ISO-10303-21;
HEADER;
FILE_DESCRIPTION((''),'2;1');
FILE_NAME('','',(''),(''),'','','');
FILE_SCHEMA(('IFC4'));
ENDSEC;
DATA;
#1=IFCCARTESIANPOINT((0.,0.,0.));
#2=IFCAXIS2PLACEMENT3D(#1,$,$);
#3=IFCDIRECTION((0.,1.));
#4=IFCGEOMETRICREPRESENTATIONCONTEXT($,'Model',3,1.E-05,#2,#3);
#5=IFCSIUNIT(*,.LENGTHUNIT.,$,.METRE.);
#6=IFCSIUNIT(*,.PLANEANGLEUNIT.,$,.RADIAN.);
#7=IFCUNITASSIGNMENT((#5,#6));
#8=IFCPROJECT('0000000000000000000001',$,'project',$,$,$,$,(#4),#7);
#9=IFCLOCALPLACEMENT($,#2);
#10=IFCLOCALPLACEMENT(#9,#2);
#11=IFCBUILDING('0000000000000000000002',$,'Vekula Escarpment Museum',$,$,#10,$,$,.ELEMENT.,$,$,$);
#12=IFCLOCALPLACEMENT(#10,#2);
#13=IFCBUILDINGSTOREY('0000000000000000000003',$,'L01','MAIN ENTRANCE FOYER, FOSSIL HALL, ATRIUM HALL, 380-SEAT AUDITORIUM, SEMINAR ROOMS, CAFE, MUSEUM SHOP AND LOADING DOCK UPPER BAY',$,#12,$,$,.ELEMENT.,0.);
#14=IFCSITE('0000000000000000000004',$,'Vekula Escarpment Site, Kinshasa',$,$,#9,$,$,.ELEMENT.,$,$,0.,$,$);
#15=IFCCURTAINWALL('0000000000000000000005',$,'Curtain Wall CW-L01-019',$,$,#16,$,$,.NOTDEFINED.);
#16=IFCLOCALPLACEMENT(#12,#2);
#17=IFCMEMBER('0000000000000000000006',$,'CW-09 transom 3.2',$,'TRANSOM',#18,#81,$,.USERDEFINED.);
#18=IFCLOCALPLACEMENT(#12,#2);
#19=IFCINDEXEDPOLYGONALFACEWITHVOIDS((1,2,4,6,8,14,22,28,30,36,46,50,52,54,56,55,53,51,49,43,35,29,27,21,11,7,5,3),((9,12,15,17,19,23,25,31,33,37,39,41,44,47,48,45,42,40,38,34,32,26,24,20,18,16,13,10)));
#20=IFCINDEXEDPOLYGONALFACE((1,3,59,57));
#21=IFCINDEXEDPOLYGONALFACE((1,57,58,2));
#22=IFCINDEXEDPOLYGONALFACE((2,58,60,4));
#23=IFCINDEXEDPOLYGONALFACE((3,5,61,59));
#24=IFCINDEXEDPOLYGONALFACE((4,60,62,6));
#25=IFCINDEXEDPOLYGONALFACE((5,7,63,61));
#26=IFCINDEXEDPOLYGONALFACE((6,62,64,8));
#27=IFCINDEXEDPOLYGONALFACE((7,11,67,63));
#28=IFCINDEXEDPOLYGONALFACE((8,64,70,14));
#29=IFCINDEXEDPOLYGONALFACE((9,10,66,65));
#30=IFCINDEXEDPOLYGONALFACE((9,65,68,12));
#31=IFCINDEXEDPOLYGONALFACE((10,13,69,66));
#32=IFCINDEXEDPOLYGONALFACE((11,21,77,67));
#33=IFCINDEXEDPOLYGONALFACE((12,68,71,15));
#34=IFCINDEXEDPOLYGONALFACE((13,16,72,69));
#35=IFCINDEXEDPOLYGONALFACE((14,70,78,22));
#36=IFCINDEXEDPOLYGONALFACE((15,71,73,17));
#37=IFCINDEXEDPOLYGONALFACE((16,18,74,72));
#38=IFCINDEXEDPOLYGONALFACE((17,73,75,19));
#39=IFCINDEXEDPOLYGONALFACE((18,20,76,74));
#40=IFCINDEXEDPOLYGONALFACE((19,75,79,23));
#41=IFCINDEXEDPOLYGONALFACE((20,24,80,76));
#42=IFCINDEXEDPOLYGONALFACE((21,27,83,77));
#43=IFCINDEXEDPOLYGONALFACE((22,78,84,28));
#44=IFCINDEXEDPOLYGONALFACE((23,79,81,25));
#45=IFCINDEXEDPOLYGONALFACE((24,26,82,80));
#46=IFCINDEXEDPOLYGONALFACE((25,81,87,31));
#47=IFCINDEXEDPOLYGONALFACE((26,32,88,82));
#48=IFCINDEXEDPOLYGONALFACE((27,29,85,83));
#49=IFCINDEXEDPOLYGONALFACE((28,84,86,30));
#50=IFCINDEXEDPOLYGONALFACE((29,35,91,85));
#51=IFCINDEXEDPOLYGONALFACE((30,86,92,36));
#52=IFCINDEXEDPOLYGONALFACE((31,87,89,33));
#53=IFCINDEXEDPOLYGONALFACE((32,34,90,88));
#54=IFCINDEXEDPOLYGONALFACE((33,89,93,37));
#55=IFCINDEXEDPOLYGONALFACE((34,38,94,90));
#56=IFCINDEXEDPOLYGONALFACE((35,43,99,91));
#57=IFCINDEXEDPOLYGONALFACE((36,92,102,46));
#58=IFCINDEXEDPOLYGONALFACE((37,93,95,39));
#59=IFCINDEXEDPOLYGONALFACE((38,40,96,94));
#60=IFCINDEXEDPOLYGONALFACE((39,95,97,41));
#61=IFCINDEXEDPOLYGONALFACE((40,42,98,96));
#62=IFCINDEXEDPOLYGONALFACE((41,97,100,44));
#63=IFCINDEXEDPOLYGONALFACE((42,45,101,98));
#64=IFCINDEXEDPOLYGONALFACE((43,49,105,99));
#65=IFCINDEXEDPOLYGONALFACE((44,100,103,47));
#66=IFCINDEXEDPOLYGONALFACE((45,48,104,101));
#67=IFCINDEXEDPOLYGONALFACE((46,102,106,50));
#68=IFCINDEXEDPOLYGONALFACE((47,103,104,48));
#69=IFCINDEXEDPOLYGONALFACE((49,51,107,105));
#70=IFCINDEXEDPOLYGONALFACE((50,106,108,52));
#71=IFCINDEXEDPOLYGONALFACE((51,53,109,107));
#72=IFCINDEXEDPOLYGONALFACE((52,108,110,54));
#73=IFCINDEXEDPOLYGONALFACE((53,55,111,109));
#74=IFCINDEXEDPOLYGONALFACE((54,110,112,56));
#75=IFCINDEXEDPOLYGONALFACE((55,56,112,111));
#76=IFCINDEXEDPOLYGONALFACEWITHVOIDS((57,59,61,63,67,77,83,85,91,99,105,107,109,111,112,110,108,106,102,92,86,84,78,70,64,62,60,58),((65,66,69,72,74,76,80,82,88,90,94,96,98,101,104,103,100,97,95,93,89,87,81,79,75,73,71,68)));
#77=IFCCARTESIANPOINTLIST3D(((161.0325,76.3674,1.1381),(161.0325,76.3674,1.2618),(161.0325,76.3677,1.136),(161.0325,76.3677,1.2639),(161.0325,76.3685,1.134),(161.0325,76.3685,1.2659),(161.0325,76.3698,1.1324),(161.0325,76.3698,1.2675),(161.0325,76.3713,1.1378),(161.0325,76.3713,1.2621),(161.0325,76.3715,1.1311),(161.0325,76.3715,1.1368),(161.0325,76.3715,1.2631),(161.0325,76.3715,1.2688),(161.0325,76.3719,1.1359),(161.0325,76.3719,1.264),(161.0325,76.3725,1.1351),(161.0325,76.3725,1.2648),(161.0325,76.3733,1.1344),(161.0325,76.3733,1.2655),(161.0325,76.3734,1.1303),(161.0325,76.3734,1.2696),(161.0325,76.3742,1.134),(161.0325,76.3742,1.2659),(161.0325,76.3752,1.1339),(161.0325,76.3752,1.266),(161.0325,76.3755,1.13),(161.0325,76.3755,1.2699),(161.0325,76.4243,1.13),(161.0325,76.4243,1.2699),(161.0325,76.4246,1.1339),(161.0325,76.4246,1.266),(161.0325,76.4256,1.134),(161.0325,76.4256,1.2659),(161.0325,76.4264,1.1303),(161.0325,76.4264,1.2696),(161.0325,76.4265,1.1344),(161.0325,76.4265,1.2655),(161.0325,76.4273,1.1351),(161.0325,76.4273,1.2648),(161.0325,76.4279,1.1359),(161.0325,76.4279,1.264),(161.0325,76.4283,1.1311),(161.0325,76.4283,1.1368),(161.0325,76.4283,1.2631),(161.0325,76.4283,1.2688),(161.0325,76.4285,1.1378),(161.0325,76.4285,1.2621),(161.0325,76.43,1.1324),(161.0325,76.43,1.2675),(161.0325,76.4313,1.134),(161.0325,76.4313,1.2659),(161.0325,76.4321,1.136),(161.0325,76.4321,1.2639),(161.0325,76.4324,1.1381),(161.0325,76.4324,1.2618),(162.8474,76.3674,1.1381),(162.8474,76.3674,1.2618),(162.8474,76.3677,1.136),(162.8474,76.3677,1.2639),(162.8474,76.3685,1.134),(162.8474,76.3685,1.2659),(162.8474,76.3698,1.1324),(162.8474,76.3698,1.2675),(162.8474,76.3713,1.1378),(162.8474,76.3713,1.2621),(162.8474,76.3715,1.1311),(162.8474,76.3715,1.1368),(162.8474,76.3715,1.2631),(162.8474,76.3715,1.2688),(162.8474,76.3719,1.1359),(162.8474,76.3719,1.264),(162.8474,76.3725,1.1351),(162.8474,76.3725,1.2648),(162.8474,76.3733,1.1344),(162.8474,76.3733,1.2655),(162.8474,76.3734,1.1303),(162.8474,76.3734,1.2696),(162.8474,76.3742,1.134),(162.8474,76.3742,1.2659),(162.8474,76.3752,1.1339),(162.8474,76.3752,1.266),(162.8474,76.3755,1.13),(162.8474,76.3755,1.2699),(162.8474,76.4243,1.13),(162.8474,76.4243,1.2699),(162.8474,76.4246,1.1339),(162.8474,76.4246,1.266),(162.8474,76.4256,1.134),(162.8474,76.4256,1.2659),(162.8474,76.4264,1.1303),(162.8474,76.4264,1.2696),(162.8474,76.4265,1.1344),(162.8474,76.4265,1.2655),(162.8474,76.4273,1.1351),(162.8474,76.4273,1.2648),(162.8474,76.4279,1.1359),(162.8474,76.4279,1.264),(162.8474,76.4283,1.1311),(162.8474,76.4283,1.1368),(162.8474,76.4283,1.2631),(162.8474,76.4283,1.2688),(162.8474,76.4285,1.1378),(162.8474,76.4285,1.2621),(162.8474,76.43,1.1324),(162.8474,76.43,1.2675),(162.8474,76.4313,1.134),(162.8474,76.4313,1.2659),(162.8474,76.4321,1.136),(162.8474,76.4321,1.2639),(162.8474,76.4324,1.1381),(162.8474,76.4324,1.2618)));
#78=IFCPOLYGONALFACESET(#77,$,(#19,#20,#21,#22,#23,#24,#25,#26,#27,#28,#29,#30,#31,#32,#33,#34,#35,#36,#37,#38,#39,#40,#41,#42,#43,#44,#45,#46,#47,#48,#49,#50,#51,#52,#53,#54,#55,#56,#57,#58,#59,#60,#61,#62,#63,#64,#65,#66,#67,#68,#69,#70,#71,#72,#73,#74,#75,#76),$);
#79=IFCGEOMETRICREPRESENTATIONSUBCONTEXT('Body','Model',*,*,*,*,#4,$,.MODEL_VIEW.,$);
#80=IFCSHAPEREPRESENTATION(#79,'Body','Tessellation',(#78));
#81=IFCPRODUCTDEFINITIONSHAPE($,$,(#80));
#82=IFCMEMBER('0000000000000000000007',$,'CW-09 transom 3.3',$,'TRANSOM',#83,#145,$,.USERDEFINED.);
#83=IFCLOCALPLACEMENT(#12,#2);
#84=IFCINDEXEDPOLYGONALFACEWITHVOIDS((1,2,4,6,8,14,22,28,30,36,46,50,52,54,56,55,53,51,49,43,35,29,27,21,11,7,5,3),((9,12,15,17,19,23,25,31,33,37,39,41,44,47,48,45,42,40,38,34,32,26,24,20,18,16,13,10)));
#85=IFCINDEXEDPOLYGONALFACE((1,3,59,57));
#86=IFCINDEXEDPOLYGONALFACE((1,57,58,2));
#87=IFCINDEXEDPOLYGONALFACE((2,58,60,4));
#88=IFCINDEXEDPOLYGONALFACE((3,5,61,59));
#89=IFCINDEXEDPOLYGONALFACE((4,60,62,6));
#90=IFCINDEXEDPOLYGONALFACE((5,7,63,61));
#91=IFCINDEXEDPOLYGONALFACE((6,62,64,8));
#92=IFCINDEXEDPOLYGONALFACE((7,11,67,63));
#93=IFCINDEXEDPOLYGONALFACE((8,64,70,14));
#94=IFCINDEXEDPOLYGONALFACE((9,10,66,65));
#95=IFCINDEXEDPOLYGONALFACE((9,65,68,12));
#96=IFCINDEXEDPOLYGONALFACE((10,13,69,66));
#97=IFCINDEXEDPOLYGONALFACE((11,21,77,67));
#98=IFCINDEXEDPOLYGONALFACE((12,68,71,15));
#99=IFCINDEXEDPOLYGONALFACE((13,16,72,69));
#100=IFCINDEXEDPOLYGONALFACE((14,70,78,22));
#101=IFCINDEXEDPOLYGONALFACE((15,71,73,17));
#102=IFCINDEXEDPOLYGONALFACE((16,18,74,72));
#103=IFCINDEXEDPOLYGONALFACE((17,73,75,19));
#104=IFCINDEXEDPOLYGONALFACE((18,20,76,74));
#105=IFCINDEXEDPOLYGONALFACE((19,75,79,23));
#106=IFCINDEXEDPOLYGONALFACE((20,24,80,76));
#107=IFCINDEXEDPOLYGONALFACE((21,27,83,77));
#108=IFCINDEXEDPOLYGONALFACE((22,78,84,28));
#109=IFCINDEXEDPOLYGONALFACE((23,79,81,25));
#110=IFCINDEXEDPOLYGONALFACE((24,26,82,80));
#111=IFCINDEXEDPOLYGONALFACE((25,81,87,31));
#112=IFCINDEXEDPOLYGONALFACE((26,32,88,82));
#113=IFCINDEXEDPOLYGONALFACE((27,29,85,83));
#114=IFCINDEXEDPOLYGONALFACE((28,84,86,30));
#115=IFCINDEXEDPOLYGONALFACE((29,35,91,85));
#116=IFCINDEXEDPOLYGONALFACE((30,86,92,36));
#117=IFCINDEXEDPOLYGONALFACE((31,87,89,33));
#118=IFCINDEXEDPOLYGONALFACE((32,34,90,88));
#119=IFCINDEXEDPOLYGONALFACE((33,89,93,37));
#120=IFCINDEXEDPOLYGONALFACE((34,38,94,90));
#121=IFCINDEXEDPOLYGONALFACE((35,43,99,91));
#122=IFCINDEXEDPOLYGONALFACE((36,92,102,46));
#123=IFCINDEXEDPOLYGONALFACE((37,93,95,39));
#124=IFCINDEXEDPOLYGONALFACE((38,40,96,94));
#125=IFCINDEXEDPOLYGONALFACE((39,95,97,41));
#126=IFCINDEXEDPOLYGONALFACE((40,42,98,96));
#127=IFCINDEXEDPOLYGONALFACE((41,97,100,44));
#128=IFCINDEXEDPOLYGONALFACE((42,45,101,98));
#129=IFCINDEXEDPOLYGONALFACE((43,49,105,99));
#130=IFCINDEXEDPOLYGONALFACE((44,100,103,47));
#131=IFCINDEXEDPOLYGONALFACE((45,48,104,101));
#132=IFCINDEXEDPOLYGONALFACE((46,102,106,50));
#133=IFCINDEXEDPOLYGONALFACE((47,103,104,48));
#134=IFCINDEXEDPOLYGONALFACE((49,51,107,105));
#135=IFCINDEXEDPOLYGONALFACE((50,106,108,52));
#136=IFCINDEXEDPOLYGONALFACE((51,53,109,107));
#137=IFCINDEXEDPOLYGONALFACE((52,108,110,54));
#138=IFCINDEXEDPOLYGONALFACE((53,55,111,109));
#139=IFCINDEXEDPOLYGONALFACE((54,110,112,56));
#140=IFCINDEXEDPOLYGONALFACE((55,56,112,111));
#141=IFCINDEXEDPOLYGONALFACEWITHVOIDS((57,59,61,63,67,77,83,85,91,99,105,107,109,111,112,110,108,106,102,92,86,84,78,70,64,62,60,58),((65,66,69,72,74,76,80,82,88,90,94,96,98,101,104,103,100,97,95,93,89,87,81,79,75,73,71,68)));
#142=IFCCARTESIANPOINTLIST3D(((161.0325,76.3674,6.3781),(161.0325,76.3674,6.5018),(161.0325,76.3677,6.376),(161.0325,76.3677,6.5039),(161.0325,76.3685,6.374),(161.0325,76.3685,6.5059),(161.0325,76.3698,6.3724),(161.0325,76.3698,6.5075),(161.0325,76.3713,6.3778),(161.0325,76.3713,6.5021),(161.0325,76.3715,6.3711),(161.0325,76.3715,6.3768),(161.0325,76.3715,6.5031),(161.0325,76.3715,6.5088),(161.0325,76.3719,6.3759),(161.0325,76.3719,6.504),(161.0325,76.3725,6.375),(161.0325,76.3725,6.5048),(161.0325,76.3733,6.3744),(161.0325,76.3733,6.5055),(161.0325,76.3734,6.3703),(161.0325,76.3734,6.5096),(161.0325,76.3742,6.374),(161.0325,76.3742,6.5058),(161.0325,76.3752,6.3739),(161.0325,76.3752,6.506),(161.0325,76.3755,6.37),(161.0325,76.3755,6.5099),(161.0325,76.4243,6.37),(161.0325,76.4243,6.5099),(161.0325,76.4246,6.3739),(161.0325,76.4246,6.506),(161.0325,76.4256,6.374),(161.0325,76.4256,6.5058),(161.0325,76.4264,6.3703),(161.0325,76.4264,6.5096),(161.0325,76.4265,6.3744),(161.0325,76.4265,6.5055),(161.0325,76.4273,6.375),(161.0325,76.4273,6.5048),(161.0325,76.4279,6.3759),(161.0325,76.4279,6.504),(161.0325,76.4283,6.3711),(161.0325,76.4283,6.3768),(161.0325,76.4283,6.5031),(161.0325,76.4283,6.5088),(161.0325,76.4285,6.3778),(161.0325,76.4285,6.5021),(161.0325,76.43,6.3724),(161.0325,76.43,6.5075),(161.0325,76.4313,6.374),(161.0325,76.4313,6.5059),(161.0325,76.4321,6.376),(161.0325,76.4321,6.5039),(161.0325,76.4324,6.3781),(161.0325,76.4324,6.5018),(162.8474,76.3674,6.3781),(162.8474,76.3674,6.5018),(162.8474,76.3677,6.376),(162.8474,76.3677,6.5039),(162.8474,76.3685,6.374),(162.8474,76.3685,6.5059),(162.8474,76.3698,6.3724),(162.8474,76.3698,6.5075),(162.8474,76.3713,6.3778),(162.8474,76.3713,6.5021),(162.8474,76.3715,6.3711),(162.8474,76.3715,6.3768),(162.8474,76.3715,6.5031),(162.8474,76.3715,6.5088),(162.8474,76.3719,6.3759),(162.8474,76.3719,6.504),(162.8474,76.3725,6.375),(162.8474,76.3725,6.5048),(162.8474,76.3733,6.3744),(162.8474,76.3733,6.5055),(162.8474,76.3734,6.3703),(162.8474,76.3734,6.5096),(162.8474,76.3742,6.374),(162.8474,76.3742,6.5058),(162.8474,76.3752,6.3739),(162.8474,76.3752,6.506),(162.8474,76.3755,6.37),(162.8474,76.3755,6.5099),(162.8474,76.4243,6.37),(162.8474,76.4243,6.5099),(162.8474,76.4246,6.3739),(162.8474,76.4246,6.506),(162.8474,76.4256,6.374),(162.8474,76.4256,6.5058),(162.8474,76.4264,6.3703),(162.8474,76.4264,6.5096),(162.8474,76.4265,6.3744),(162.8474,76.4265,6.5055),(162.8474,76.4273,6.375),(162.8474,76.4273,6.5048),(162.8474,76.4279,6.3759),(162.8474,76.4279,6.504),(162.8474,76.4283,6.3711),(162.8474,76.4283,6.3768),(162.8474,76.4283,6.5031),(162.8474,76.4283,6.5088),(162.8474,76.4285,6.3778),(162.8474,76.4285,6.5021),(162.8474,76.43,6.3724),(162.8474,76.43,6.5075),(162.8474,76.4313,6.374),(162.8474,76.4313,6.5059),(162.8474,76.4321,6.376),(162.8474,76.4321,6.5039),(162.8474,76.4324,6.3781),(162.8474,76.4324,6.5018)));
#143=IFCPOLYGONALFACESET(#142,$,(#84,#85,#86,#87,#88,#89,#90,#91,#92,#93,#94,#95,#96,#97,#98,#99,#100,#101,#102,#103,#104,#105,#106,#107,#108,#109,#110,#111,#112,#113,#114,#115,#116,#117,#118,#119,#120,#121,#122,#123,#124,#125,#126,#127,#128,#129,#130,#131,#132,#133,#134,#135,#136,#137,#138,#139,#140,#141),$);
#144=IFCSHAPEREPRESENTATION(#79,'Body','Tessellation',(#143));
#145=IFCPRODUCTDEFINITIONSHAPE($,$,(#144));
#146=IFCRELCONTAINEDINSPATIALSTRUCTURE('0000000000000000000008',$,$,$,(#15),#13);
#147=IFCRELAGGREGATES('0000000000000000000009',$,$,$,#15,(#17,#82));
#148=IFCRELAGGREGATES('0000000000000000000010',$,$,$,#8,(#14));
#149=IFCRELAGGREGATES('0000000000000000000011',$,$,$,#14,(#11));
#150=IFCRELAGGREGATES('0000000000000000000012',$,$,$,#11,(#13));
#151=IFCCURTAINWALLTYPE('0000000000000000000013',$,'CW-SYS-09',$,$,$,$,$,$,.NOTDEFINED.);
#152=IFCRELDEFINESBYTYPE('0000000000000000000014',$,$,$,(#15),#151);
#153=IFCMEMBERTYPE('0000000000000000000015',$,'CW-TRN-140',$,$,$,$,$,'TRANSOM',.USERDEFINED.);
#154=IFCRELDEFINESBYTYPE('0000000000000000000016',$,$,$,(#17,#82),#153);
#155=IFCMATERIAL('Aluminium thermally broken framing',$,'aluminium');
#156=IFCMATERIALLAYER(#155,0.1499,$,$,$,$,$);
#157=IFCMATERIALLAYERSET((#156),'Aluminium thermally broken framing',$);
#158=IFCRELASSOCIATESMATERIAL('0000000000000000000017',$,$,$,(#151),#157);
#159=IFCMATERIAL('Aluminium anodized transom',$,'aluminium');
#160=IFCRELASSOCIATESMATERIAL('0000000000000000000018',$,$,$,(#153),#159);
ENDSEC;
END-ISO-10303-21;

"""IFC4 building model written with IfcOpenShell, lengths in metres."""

from ifc_helpers import new_model, si_unit, direction, frame, origin, origin_2d, place, context, subcontext, project, spatial, hollow_rectangle, extrude, material, layer, layer_set, material_profile, profile_set, type_object, element, aggregate, save


model = new_model("IFC4")

# Units and contexts
model_context = context("Model", 3, precision=1e-05, world=origin(), true_north=direction((0.0, 1.0)))
body_context = subcontext(model_context, "Body", "Model", "MODEL_VIEW")
ifc_project = project(units=[si_unit("LENGTHUNIT", "METRE"), si_unit("PLANEANGLEUNIT", "RADIAN")], contexts=[model_context])

# Site, building, storey
site_placement = place(None, origin())
site = spatial("IfcSite", under=ifc_project, at=site_placement, Name="Vekula Escarpment Site, Kinshasa", CompositionType="ELEMENT", RefElevation=0.0)
building_placement = place(site_placement, origin())
building = spatial("IfcBuilding", under=site, at=building_placement, Name="Vekula Escarpment Museum", CompositionType="ELEMENT")
storey_placement = place(building_placement, origin())
storey = spatial("IfcBuildingStorey", under=building, at=storey_placement, Name="L01", Description="MAIN ENTRANCE FOYER, FOSSIL HALL, ATRIUM HALL, 380-SEAT AUDITORIUM, SEMINAR ROOMS, CAFE, MUSEUM SHOP AND LOADING DOCK UPPER BAY", CompositionType="ELEMENT", Elevation=0.0)

# Curtain wall
ifc_material_1 = material(Name="Aluminium thermally broken framing", Category="aluminium")
ifc_layer_1 = layer(ifc_material_1, 0.1499)
ifc_layer_set_1 = layer_set([ifc_layer_1], Name="Aluminium thermally broken framing")
curtain_wall_type_1 = type_object("IfcCurtainWallType", Name="CW-SYS-09", PredefinedType="NOTDEFINED", material=ifc_layer_set_1)
curtain_wall_1_placement = place(storey_placement, origin())
curtain_wall_1 = element("IfcCurtainWall", 1, at=curtain_wall_1_placement, inside=storey, type_object=curtain_wall_type_1, Name="Curtain Wall CW-L01-019", PredefinedType="NOTDEFINED")

# Members
ifc_material_2 = material(Name="Aluminium anodized transom", Category="aluminium")
ifc_material_profile_1 = material_profile(ifc_material_2, hollow_rectangle(XDim=0.0649, YDim=0.1399, WallThickness=0.0039, InnerFilletRadius=0.0039, OuterFilletRadius=0.0081, at=origin_2d()), Name="ALU 140x65x4")
ifc_profile_set_1 = profile_set([ifc_material_profile_1], Name="Aluminium anodized transom")
member_type_1 = type_object("IfcMemberType", Name="CW-TRN-140", ElementType="TRANSOM", PredefinedType="USERDEFINED", material=ifc_profile_set_1)
member_1_placement = place(storey_placement, frame((162.8474, 76.3999, 1.2), z_axis=(-1.0, 0.0, 0.0), x_axis=(0.0, -1.0, 0.0)))
member_1 = element("IfcMember", 2, at=member_1_placement, type_object=member_type_1, Name="CW-09 transom 3.2", ObjectType="TRANSOM", PredefinedType="USERDEFINED", context=body_context, shape_type="SweptSolid", body=[
    extrude(hollow_rectangle(XDim=0.0649, YDim=0.1399, WallThickness=0.0039, InnerFilletRadius=0.0039, OuterFilletRadius=0.0081, at=origin_2d()), origin(), (0.0, 0.0, 1.0), 1.8149),
])
member_2_placement = place(storey_placement, frame((162.8474, 76.3999, 6.4399), z_axis=(-1.0, 0.0, 0.0), x_axis=(0.0, -1.0, 0.0)))
member_2 = element("IfcMember", 3, at=member_2_placement, type_object=member_type_1, Name="CW-09 transom 3.3", ObjectType="TRANSOM", PredefinedType="USERDEFINED", context=body_context, shape_type="SweptSolid", body=[
    extrude(hollow_rectangle(XDim=0.0649, YDim=0.1399, WallThickness=0.0039, InnerFilletRadius=0.0039, OuterFilletRadius=0.0081, at=origin_2d()), origin(), (0.0, 0.0, 1.0), 1.8149),
])

aggregate(curtain_wall_1, [member_1, member_2])

save(model, "model.ifc")
